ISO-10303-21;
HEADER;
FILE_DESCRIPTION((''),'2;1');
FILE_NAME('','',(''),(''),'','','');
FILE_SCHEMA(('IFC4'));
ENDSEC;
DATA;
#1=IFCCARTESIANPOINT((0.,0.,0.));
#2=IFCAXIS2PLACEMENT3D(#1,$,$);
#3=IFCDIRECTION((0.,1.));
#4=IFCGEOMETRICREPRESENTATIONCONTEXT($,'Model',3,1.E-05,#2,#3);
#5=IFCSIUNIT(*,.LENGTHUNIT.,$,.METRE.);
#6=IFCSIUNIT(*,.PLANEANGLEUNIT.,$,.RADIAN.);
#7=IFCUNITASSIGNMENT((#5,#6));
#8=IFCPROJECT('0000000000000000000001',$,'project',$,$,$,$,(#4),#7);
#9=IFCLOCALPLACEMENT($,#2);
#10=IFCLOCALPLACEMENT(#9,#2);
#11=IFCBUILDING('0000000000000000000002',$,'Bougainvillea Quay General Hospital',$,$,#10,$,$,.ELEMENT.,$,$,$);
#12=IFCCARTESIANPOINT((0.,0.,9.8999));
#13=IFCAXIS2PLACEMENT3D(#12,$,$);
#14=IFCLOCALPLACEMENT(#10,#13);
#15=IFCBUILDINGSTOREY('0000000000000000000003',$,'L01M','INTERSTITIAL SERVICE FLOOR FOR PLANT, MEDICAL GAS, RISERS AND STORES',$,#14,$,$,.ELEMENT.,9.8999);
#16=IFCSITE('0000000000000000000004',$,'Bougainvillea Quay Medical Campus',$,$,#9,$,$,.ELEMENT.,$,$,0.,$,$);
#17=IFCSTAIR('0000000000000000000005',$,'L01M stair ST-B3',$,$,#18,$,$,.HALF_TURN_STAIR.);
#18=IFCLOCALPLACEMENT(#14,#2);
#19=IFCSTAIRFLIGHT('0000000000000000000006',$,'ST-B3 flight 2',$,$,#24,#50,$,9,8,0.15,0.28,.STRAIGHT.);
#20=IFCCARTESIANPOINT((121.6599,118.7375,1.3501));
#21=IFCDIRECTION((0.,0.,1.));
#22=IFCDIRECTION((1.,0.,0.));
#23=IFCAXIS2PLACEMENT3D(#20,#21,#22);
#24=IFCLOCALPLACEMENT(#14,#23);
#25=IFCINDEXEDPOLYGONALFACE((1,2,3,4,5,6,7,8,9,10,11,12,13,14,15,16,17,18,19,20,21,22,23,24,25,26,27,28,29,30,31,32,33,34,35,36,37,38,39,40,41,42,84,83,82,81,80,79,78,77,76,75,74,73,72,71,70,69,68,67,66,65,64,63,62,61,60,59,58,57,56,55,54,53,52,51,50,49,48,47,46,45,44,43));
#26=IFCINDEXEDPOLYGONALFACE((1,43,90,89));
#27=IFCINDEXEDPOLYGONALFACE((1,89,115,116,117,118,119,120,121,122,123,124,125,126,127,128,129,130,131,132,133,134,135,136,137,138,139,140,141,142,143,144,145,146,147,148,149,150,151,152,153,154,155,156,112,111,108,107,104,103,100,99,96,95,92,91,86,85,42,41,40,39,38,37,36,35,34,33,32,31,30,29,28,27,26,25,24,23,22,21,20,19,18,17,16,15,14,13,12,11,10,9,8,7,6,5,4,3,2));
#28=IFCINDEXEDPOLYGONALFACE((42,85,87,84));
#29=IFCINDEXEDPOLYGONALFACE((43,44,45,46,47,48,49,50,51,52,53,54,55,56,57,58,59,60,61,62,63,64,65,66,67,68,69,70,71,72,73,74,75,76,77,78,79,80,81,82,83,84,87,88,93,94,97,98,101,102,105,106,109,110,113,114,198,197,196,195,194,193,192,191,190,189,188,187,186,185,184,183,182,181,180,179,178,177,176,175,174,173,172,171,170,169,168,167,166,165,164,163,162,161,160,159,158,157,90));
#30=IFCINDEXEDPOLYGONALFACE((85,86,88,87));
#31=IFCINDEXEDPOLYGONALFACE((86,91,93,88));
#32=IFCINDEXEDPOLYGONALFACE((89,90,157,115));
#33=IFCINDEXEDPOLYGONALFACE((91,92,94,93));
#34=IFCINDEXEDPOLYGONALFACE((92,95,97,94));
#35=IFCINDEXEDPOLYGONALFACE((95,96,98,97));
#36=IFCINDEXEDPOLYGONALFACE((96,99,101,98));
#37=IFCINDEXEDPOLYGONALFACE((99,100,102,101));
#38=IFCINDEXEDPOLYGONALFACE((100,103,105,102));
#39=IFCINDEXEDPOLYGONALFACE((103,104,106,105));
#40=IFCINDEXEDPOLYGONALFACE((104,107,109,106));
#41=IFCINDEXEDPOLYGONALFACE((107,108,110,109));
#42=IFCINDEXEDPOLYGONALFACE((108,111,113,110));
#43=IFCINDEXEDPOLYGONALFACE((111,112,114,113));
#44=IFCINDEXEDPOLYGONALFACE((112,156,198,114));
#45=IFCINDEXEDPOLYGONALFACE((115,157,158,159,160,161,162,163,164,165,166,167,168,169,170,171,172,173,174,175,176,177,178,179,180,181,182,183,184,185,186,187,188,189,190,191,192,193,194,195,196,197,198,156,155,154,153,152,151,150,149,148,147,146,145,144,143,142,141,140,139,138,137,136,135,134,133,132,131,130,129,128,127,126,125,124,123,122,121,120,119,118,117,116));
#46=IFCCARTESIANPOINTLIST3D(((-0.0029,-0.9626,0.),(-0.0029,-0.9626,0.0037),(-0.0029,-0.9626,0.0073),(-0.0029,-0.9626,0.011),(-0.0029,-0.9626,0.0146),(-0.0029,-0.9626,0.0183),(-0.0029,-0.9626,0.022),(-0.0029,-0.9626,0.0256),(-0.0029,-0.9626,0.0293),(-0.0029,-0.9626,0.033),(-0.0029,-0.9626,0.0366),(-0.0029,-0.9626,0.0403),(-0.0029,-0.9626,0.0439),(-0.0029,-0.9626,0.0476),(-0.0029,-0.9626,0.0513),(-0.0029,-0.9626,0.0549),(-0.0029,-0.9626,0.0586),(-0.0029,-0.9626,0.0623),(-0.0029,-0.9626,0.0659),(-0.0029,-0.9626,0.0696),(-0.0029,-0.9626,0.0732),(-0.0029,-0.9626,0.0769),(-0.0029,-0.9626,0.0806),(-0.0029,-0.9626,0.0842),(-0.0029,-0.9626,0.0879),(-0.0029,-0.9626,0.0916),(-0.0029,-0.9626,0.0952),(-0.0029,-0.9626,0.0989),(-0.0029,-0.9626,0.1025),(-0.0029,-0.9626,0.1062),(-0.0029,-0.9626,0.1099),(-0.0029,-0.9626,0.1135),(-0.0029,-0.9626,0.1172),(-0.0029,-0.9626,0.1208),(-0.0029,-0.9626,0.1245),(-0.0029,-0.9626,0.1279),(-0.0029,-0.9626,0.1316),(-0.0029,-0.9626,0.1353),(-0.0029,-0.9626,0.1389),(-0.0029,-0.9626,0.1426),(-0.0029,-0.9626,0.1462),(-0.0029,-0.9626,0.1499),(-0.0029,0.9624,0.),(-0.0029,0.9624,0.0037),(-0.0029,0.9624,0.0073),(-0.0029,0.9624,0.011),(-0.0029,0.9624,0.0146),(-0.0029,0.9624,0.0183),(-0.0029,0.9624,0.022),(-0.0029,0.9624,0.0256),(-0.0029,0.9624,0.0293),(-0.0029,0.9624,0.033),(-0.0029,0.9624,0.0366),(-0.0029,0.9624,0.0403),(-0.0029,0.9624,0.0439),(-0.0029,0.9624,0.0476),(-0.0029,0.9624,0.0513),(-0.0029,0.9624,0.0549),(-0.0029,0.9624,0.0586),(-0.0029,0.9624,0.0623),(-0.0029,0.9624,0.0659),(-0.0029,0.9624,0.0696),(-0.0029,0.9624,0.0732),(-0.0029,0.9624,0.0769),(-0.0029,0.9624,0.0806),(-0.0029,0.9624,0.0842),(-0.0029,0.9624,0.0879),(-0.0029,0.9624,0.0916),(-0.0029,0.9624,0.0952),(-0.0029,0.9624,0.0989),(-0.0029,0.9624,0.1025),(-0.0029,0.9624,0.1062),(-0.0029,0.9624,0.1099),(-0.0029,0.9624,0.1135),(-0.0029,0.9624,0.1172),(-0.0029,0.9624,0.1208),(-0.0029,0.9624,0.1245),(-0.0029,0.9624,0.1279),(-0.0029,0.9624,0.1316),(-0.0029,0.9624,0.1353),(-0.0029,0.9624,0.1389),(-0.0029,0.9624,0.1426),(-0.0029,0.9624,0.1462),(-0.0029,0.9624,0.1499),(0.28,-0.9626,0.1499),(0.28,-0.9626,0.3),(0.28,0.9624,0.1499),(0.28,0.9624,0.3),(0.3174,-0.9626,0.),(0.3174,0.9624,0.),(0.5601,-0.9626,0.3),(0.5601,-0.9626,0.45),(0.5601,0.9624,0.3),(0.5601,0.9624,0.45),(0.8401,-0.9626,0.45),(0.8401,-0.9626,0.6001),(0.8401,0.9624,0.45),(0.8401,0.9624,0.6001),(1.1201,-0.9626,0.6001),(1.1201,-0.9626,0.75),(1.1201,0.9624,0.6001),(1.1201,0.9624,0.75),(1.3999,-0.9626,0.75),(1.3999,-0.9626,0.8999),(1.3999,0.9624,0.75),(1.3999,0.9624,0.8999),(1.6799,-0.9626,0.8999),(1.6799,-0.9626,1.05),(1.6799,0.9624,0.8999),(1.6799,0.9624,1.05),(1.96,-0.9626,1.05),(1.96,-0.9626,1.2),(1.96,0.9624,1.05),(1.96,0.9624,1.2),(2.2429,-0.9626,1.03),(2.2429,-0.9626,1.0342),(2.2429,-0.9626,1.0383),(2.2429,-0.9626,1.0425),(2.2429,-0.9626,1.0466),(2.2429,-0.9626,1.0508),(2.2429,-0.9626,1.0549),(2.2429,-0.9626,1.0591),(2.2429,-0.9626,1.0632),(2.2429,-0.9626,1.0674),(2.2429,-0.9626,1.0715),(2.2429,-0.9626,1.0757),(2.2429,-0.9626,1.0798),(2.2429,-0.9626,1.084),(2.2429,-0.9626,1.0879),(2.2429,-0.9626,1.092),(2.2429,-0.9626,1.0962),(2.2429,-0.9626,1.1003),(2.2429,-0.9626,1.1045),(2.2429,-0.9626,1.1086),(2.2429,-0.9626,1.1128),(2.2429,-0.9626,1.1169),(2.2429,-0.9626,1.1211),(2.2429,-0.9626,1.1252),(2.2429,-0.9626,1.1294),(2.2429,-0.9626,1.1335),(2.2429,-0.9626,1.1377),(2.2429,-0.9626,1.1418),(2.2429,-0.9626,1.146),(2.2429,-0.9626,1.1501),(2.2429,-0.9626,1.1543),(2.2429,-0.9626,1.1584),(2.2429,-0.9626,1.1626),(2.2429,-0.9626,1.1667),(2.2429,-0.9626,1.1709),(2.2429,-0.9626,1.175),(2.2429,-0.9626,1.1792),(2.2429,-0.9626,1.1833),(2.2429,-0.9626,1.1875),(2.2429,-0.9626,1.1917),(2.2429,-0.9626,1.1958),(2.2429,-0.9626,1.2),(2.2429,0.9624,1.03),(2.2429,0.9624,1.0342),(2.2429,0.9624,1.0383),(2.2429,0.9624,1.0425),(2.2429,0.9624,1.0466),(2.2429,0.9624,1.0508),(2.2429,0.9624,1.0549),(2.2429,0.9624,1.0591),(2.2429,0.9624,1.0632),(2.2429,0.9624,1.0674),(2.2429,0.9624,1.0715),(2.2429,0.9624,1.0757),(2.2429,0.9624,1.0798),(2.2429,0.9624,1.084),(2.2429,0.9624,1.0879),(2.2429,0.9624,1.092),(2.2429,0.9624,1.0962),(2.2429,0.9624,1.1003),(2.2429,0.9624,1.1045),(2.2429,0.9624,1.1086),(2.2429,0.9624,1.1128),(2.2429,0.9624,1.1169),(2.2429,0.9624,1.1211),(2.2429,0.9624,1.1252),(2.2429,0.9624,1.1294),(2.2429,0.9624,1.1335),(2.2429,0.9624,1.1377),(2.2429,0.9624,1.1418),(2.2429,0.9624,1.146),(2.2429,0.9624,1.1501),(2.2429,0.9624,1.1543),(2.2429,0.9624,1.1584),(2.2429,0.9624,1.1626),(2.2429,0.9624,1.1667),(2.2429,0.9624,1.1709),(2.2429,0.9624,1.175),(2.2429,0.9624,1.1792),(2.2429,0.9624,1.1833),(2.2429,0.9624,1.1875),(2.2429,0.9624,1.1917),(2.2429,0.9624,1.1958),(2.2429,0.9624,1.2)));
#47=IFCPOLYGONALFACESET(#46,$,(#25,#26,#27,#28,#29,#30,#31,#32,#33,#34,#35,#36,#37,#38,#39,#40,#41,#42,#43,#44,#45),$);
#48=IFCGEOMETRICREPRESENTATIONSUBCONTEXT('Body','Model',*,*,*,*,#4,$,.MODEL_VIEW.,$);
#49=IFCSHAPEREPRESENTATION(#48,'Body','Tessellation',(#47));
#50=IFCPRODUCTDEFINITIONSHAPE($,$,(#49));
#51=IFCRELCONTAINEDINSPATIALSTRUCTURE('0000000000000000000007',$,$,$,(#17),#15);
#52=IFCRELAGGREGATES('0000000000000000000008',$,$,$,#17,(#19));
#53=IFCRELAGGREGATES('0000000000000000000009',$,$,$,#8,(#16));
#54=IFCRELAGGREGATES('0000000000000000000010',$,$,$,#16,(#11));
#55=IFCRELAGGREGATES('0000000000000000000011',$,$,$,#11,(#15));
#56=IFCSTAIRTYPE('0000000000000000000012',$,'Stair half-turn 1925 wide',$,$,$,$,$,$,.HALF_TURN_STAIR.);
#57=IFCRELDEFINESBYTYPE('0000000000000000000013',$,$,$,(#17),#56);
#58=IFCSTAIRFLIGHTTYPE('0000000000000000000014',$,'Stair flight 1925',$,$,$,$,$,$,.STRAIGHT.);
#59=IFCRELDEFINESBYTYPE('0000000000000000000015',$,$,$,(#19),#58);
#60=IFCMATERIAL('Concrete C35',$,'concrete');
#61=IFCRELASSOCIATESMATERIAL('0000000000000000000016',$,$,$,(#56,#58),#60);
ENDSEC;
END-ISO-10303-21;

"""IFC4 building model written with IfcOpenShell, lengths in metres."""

from ifc_helpers import new_model, si_unit, direction, frame, origin, place, context, subcontext, project, spatial, polyline, outline, extrude, material, type_object, element, aggregate, save


model = new_model("IFC4")

# Units and contexts
model_context = context("Model", 3, precision=1e-05, world=origin(), true_north=direction((0.0, 1.0)))
body_context = subcontext(model_context, "Body", "Model", "MODEL_VIEW")
ifc_project = project(units=[si_unit("LENGTHUNIT", "METRE"), si_unit("PLANEANGLEUNIT", "RADIAN")], contexts=[model_context])

# Site, building, storey
site_placement = place(None, origin())
site = spatial("IfcSite", under=ifc_project, at=site_placement, Name="Bougainvillea Quay Medical Campus", CompositionType="ELEMENT", RefElevation=0.0)
building_placement = place(site_placement, origin())
building = spatial("IfcBuilding", under=site, at=building_placement, Name="Bougainvillea Quay General Hospital", CompositionType="ELEMENT")
storey_placement = place(building_placement, frame((0.0, 0.0, 9.8999)))
storey = spatial("IfcBuildingStorey", under=building, at=storey_placement, Name="L01M", Description="INTERSTITIAL SERVICE FLOOR FOR PLANT, MEDICAL GAS, RISERS AND STORES", CompositionType="ELEMENT", Elevation=9.8999)

# Stair, stair flight
ifc_material_1 = material(Name="Concrete C35", Category="concrete")
stair_type = type_object("IfcStairType", Name="Stair half-turn 1925 wide", PredefinedType="HALF_TURN_STAIR", material=ifc_material_1)
stair_placement = place(storey_placement, origin())
stair = element("IfcStair", 1, at=stair_placement, inside=storey, type_object=stair_type, Name="L01M stair ST-B3", PredefinedType="HALF_TURN_STAIR")
stair_flight_type = type_object("IfcStairFlightType", Name="Stair flight 1925", PredefinedType="STRAIGHT", material=ifc_material_1)
stair_flight_1_placement = place(storey_placement, frame((121.6599, 118.7375, 1.3501), z_axis=(0.0, 0.0, 1.0), x_axis=(1.0, 0.0, 0.0)))
stair_flight_1 = element("IfcStairFlight", 2, at=stair_flight_1_placement, type_object=stair_flight_type, Name="ST-B3 flight 2", NumberOfRisers=9, NumberOfTreads=8, PredefinedType="STRAIGHT", RiserHeight=0.15, TreadLength=0.28, context=body_context, shape_type="SweptSolid", body=[
    extrude(outline(polyline([(-0.0029, 0.0), (-0.0029, 0.0037), (-0.0029, 0.0073), (-0.0029, 0.011), (-0.0029, 0.0146), (-0.0029, 0.0183), (-0.0029, 0.022), (-0.0029, 0.0256), (-0.0029, 0.0293), (-0.0029, 0.033), (-0.0029, 0.0366), (-0.0029, 0.0403), (-0.0029, 0.0439), (-0.0029, 0.0476), (-0.0029, 0.0513), (-0.0029, 0.0549), (-0.0029, 0.0586), (-0.0029, 0.0623), (-0.0029, 0.0659), (-0.0029, 0.0696), (-0.0029, 0.0732), (-0.0029, 0.0769), (-0.0029, 0.0806), (-0.0029, 0.0842), (-0.0029, 0.0879), (-0.0029, 0.0916), (-0.0029, 0.0952), (-0.0029, 0.0989), (-0.0029, 0.1025), (-0.0029, 0.1062), (-0.0029, 0.1099), (-0.0029, 0.1135), (-0.0029, 0.1172), (-0.0029, 0.1208), (-0.0029, 0.1245), (-0.0029, 0.1279), (-0.0029, 0.1316), (-0.0029, 0.1353), (-0.0029, 0.1389), (-0.0029, 0.1426), (-0.0029, 0.1462), (-0.0029, 0.1499), (0.28, 0.1499), (0.28, 0.3), (0.5601, 0.3), (0.5601, 0.45), (0.8401, 0.45), (0.8401, 0.6001), (1.1201, 0.6001), (1.1201, 0.75), (1.3999, 0.75), (1.3999, 0.8999), (1.6799, 0.8999), (1.6799, 1.05), (1.96, 1.05), (1.96, 1.2), (2.2429, 1.2), (2.2429, 1.1958), (2.2429, 1.1917), (2.2429, 1.1875), (2.2429, 1.1833), (2.2429, 1.1792), (2.2429, 1.175), (2.2429, 1.1709), (2.2429, 1.1667), (2.2429, 1.1626), (2.2429, 1.1584), (2.2429, 1.1543), (2.2429, 1.1501), (2.2429, 1.146), (2.2429, 1.1418), (2.2429, 1.1377), (2.2429, 1.1335), (2.2429, 1.1294), (2.2429, 1.1252), (2.2429, 1.1211), (2.2429, 1.1169), (2.2429, 1.1128), (2.2429, 1.1086), (2.2429, 1.1045), (2.2429, 1.1003), (2.2429, 1.0962), (2.2429, 1.092), (2.2429, 1.0879), (2.2429, 1.084), (2.2429, 1.0798), (2.2429, 1.0757), (2.2429, 1.0715), (2.2429, 1.0674), (2.2429, 1.0632), (2.2429, 1.0591), (2.2429, 1.0549), (2.2429, 1.0508), (2.2429, 1.0466), (2.2429, 1.0425), (2.2429, 1.0383), (2.2429, 1.0342), (2.2429, 1.03), (0.3174, 0.0), (-0.0029, 0.0)])), frame((0.0, 0.9624, 0.0), z_axis=(0.0, -1.0, 0.0), x_axis=(1.0, 0.0, 0.0)), (0.0, 0.0, 1.0), 1.925),
])
aggregate(stair, [stair_flight_1])

save(model, "model.ifc")
